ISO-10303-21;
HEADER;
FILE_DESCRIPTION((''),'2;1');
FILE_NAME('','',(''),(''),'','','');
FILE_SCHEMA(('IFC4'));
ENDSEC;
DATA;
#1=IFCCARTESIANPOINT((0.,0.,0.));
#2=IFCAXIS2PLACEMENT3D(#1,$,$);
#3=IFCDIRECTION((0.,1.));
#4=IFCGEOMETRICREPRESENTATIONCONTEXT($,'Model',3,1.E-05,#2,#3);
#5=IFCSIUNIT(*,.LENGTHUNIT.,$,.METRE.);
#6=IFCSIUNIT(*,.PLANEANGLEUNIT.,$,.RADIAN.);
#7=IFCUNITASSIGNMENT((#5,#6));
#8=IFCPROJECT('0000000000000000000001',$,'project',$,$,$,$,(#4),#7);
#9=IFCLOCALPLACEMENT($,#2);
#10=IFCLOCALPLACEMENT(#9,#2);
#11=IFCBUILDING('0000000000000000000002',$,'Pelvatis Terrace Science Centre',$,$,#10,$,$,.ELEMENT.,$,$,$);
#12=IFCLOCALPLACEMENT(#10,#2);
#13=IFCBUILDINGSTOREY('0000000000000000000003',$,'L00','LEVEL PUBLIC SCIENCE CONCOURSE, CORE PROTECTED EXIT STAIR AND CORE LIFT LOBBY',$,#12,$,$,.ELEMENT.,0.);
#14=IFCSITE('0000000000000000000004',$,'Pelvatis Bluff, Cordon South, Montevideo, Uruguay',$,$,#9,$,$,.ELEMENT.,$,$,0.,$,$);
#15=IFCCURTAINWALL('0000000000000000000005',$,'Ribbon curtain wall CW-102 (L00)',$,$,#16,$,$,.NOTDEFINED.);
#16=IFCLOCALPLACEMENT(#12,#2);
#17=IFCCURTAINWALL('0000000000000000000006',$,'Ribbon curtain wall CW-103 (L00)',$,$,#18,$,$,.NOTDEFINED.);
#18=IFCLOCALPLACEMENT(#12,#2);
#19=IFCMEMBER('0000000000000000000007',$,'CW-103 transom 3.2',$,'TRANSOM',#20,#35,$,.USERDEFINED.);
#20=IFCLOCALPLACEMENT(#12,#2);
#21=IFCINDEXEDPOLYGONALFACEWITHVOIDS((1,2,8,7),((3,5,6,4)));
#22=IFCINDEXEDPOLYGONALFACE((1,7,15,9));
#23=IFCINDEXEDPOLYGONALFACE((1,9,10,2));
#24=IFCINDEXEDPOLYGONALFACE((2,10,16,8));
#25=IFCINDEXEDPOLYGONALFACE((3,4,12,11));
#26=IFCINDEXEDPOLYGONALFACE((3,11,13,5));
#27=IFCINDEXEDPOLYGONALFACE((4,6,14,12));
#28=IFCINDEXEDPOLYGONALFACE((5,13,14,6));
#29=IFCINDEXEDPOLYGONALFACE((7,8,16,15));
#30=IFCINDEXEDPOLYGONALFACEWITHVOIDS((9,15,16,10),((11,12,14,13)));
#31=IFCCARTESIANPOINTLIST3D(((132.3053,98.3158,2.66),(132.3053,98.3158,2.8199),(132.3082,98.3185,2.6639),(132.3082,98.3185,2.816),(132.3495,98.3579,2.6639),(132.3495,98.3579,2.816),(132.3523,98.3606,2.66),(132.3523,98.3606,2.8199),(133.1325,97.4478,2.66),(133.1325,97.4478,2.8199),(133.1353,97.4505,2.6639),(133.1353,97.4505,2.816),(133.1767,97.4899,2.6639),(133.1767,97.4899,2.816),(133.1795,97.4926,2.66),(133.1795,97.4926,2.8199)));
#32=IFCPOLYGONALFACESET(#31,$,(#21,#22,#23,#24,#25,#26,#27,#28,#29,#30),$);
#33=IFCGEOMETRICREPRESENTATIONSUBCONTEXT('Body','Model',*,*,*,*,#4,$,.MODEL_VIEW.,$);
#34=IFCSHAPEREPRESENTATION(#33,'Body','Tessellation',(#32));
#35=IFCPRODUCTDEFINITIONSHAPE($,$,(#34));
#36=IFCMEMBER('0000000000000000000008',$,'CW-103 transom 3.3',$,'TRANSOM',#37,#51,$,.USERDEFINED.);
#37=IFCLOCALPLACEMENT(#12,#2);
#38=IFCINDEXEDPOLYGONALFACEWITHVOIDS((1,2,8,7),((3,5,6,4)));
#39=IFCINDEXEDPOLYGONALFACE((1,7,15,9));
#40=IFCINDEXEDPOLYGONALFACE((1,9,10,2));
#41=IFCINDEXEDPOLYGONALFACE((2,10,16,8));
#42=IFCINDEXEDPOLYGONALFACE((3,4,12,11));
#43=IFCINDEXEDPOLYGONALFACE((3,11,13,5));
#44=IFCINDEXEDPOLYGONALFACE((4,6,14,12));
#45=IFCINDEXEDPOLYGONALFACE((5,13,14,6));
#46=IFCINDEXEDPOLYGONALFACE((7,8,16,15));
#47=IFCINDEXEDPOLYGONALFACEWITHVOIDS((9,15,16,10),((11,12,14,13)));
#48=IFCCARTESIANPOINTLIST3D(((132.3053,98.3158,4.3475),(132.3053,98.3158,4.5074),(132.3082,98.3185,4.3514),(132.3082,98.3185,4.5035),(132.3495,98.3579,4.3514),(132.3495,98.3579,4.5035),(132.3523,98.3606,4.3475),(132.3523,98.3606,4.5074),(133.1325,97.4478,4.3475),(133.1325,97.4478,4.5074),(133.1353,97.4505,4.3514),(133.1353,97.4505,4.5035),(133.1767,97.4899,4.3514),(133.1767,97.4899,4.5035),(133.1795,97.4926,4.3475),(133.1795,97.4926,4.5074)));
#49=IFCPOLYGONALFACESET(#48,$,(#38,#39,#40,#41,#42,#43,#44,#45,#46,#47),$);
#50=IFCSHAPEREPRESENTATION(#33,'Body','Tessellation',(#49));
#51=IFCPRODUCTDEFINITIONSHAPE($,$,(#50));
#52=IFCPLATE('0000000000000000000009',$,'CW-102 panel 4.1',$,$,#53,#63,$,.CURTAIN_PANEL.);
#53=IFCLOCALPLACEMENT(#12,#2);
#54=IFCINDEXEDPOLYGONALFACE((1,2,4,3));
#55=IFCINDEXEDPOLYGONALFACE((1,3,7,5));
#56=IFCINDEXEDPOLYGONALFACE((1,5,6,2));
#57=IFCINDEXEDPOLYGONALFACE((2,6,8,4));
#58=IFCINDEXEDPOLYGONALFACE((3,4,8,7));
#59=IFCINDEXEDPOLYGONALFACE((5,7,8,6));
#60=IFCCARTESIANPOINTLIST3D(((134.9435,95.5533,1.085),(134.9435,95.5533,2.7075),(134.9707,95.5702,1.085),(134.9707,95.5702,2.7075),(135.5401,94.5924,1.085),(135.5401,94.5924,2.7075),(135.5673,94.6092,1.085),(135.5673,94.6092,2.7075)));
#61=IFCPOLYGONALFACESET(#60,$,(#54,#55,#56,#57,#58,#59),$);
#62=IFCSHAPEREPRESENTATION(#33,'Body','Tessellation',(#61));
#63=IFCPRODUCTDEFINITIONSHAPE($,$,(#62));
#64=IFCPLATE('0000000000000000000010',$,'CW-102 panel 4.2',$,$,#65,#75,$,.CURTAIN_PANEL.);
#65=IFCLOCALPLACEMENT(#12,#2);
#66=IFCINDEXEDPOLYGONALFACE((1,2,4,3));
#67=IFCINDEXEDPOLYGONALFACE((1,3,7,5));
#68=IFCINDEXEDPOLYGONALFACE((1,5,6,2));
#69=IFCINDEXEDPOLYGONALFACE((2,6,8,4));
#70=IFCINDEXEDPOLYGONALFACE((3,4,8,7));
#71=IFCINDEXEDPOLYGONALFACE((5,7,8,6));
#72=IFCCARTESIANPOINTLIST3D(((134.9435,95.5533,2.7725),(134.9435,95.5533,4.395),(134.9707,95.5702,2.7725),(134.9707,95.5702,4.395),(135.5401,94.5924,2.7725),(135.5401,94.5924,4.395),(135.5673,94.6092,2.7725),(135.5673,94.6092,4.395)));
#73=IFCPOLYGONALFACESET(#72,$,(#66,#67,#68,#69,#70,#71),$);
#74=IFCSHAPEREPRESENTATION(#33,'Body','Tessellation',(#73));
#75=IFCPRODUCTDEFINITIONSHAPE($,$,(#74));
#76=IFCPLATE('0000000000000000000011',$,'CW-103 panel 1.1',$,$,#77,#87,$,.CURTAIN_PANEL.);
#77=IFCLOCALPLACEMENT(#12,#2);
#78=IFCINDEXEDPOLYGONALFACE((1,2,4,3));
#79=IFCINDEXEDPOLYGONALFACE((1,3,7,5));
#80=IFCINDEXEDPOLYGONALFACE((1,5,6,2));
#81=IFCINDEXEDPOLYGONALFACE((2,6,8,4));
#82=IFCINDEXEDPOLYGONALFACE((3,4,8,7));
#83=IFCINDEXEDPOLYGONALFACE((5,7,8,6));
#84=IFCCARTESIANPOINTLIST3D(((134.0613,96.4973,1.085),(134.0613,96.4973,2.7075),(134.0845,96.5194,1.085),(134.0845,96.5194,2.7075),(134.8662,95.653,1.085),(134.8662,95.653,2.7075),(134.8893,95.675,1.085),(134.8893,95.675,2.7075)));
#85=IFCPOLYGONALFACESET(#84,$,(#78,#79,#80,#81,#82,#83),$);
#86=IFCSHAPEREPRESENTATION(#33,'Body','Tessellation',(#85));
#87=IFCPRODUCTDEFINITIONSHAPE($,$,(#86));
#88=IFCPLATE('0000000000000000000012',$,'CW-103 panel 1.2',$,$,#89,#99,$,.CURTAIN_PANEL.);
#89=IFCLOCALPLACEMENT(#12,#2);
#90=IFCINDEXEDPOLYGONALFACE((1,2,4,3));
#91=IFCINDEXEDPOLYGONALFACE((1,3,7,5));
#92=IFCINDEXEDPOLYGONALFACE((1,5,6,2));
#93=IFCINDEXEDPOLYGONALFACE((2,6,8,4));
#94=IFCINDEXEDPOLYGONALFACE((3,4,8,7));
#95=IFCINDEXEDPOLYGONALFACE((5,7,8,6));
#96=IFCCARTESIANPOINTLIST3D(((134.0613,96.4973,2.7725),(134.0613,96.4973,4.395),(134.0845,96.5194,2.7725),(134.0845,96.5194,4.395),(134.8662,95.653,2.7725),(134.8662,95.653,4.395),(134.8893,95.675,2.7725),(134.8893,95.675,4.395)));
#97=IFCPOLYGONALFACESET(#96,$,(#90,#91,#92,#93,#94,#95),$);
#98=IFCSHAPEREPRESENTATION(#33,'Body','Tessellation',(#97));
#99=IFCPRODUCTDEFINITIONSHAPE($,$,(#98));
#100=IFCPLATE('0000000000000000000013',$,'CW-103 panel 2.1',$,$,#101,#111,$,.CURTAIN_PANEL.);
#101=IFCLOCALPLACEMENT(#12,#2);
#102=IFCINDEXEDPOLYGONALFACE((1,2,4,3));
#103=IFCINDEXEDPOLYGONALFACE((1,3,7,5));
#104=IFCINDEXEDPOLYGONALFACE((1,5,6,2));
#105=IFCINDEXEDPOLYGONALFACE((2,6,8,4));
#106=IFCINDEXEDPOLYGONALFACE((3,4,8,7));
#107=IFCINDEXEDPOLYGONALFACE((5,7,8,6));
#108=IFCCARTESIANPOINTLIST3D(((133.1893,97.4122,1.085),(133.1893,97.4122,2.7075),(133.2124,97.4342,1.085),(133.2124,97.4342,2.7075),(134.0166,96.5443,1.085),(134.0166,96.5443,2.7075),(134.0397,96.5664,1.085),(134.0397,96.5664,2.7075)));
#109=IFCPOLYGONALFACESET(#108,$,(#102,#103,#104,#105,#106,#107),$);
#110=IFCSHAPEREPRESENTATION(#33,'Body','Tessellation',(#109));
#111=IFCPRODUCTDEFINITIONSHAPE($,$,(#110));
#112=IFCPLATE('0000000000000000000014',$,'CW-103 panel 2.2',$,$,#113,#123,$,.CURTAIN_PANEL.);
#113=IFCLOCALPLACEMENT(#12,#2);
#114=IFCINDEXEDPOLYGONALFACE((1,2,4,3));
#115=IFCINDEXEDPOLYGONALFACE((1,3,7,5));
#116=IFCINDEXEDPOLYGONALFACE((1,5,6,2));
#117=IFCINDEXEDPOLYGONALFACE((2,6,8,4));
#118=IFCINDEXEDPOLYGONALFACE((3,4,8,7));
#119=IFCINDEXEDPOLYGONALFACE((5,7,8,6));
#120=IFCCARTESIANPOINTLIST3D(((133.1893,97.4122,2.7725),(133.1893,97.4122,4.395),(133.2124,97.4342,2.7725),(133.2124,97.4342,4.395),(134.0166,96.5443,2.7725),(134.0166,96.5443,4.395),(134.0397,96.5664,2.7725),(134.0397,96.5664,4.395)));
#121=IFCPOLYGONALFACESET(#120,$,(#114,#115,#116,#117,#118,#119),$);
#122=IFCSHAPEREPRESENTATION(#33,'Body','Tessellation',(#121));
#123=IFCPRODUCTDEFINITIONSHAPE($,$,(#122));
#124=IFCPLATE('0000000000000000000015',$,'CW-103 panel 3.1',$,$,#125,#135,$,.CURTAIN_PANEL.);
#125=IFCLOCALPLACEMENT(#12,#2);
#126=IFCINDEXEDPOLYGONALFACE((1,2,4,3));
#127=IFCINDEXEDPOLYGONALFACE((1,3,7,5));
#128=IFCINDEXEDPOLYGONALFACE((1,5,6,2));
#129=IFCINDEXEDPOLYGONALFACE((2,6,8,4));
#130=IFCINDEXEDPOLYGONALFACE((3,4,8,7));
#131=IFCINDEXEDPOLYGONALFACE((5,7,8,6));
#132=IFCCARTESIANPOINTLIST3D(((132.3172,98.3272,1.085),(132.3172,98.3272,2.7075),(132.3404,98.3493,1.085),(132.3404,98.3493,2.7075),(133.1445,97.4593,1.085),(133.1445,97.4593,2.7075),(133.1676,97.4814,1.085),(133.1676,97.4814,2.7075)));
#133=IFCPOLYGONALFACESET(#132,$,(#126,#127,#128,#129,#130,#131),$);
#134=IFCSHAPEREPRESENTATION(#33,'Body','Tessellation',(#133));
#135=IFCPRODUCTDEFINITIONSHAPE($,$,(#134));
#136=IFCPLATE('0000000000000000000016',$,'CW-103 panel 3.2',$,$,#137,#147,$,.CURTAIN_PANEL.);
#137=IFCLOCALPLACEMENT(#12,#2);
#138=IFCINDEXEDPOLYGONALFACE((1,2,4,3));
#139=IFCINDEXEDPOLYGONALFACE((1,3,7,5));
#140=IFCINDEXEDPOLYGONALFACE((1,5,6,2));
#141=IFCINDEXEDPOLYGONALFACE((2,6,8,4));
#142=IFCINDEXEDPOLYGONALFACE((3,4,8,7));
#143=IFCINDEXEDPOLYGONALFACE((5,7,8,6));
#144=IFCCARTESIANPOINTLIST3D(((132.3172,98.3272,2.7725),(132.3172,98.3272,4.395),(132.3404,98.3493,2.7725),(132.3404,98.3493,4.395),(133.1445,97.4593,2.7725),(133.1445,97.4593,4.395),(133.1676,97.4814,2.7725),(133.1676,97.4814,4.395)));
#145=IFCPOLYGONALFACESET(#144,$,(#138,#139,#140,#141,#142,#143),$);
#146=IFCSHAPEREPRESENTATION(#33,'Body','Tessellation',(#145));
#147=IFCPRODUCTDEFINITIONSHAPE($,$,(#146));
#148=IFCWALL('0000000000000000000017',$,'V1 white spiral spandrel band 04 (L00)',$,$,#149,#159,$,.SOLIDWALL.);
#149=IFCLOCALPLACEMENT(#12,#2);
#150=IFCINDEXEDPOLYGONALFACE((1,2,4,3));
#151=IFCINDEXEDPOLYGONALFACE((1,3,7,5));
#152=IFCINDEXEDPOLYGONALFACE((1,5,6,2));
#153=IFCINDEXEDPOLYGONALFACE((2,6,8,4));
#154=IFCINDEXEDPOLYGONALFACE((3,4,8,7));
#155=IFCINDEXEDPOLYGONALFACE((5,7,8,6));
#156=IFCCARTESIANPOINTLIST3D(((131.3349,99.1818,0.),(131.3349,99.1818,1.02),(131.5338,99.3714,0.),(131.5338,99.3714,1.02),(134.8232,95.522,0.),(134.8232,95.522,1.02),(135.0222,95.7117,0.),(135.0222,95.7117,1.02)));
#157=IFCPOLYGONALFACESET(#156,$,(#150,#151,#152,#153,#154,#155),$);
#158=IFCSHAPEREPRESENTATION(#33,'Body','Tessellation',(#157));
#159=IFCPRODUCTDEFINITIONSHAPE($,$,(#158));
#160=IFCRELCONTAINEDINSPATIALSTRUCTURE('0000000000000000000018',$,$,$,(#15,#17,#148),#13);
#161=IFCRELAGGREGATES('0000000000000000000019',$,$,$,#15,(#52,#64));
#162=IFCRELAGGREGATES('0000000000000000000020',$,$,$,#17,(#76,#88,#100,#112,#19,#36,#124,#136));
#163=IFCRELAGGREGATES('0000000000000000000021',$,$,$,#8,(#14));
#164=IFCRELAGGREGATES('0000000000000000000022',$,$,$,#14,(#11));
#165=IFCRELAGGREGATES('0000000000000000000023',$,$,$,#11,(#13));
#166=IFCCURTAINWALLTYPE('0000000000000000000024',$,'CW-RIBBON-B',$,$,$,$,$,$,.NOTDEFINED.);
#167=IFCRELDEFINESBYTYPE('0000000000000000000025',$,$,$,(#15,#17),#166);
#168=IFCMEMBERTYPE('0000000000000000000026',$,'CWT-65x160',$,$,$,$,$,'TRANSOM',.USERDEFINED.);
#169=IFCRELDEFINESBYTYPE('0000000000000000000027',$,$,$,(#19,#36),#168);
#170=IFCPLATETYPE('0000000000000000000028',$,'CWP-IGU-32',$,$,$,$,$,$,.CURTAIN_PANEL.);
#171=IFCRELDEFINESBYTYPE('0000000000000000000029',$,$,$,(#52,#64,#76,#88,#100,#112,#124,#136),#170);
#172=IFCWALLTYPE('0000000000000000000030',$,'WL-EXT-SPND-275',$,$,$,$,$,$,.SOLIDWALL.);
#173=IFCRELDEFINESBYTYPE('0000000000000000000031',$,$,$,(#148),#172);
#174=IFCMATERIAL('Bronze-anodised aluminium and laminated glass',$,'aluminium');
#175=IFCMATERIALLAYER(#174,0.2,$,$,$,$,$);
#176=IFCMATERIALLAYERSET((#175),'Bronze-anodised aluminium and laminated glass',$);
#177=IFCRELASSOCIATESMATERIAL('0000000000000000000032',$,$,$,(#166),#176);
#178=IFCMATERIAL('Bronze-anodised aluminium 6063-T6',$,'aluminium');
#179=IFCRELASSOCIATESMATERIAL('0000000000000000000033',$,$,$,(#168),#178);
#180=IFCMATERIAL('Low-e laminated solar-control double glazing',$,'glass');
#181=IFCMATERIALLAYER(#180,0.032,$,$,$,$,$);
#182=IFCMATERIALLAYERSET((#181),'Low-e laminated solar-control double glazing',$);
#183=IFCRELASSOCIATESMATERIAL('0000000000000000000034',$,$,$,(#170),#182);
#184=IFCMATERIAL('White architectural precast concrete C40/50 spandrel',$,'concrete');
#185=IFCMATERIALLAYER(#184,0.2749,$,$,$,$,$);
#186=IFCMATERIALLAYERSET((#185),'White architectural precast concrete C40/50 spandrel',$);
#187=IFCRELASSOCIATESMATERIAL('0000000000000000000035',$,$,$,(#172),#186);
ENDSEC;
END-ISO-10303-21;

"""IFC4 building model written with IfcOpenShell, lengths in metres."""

from ifc_helpers import new_model, si_unit, direction, frame, frame_2d, origin, origin_2d, place, context, subcontext, project, spatial, rectangle, hollow_rectangle, extrude, material, layer, layer_set, material_profile, profile_set, type_object, element, aggregate, save


model = new_model("IFC4")

# Units and contexts
model_context = context("Model", 3, precision=1e-05, world=origin(), true_north=direction((0.0, 1.0)))
body_context = subcontext(model_context, "Body", "Model", "MODEL_VIEW")
ifc_project = project(units=[si_unit("LENGTHUNIT", "METRE"), si_unit("PLANEANGLEUNIT", "RADIAN")], contexts=[model_context])

# Site, building, storey
site_placement = place(None, origin())
site = spatial("IfcSite", under=ifc_project, at=site_placement, Name="Pelvatis Bluff, Cordon South, Montevideo, Uruguay", CompositionType="ELEMENT", RefElevation=0.0)
building_placement = place(site_placement, origin())
building = spatial("IfcBuilding", under=site, at=building_placement, Name="Pelvatis Terrace Science Centre", CompositionType="ELEMENT")
storey_placement = place(building_placement, origin())
storey = spatial("IfcBuildingStorey", under=building, at=storey_placement, Name="L00", Description="LEVEL PUBLIC SCIENCE CONCOURSE, CORE PROTECTED EXIT STAIR AND CORE LIFT LOBBY", CompositionType="ELEMENT", Elevation=0.0)

# Curtain wall
ifc_material_1 = material(Name="Bronze-anodised aluminium and laminated glass", Category="aluminium")
ifc_layer_1 = layer(ifc_material_1, 0.2)
ifc_layer_set_1 = layer_set([ifc_layer_1], Name="Bronze-anodised aluminium and laminated glass")
curtain_wall_type = type_object("IfcCurtainWallType", Name="CW-RIBBON-B", PredefinedType="NOTDEFINED", material=ifc_layer_set_1)
curtain_wall_1_placement = place(storey_placement, origin())
curtain_wall_1 = element("IfcCurtainWall", 1, at=curtain_wall_1_placement, inside=storey, type_object=curtain_wall_type, Name="Ribbon curtain wall CW-102 (L00)", PredefinedType="NOTDEFINED")

# Curtain wall, members
curtain_wall_2_placement = place(storey_placement, origin())
curtain_wall_2 = element("IfcCurtainWall", 2, at=curtain_wall_2_placement, inside=storey, type_object=curtain_wall_type, Name="Ribbon curtain wall CW-103 (L00)", PredefinedType="NOTDEFINED")
ifc_material_2 = material(Name="Bronze-anodised aluminium 6063-T6", Category="aluminium")
ifc_material_profile_1 = material_profile(ifc_material_2, hollow_rectangle(XDim=0.0649, YDim=0.1599, WallThickness=0.0039, at=origin_2d()), Name="ALU-TRN 65x160")
ifc_profile_set_1 = profile_set([ifc_material_profile_1], Name="Bronze-anodised aluminium 6063-T6")
member_type_1 = type_object("IfcMemberType", Name="CWT-65x160", ElementType="TRANSOM", PredefinedType="USERDEFINED", material=ifc_profile_set_1)
member_1_placement = place(storey_placement, frame((133.156, 97.4702, 2.74), z_axis=(-0.689899, 0.723905, 0.0), x_axis=(-0.723905, -0.689899, 0.0)))
member_1 = element("IfcMember", 3, at=member_1_placement, type_object=member_type_1, Name="CW-103 transom 3.2", ObjectType="TRANSOM", PredefinedType="USERDEFINED", context=body_context, shape_type="SweptSolid", body=[
    extrude(hollow_rectangle(XDim=0.0649, YDim=0.1599, WallThickness=0.0039, at=origin_2d()), origin(), (0.0, 0.0, 1.0), 1.199),
])
member_2_placement = place(storey_placement, frame((133.156, 97.4702, 4.4275), z_axis=(-0.689899, 0.723905, 0.0), x_axis=(-0.723905, -0.689899, 0.0)))
member_2 = element("IfcMember", 4, at=member_2_placement, type_object=member_type_1, Name="CW-103 transom 3.3", ObjectType="TRANSOM", PredefinedType="USERDEFINED", context=body_context, shape_type="SweptSolid", body=[
    extrude(hollow_rectangle(XDim=0.0649, YDim=0.1599, WallThickness=0.0039, at=origin_2d()), origin(), (0.0, 0.0, 1.0), 1.199),
])

# Plates
ifc_material_3 = material(Name="Low-e laminated solar-control double glazing", Category="glass")
ifc_layer_2 = layer(ifc_material_3, 0.032)
ifc_layer_set_2 = layer_set([ifc_layer_2], Name="Low-e laminated solar-control double glazing")
plate_type = type_object("IfcPlateType", Name="CWP-IGU-32", PredefinedType="CURTAIN_PANEL", material=ifc_layer_set_2)
plate_1_placement = place(storey_placement, frame((135.2554, 95.0813, 1.085), z_axis=(0.0, 0.0, 1.0), x_axis=(-0.52745, 0.849586, 0.0)))
plate_1 = element("IfcPlate", 5, at=plate_1_placement, type_object=plate_type, Name="CW-102 panel 4.1", PredefinedType="CURTAIN_PANEL", context=body_context, shape_type="SweptSolid", body=[
    extrude(rectangle(XDim=1.1311, YDim=0.032, at=origin_2d()), origin(), (0.0, 0.0, 1.0), 1.6226),
])
plate_2_placement = place(storey_placement, frame((135.2554, 95.0813, 2.7725), z_axis=(0.0, 0.0, 1.0), x_axis=(-0.52745, 0.849586, 0.0)))
plate_2 = element("IfcPlate", 6, at=plate_2_placement, type_object=plate_type, Name="CW-102 panel 4.2", PredefinedType="CURTAIN_PANEL", context=body_context, shape_type="SweptSolid", body=[
    extrude(rectangle(XDim=1.1311, YDim=0.032, at=origin_2d()), origin(), (0.0, 0.0, 1.0), 1.6226),
])
aggregate(curtain_wall_1, [plate_1, plate_2])
plate_3_placement = place(storey_placement, frame((134.4753, 96.0862, 1.085), z_axis=(0.0, 0.0, 1.0), x_axis=(-0.689973, 0.723835, 0.0)))
plate_3 = element("IfcPlate", 7, at=plate_3_placement, type_object=plate_type, Name="CW-103 panel 1.1", PredefinedType="CURTAIN_PANEL", context=body_context, shape_type="SweptSolid", body=[
    extrude(rectangle(XDim=1.1665, YDim=0.032, at=origin_2d()), origin(), (0.0, 0.0, 1.0), 1.6226),
])
plate_4_placement = place(storey_placement, frame((134.4753, 96.0862, 2.7725), z_axis=(0.0, 0.0, 1.0), x_axis=(-0.689973, 0.723835, 0.0)))
plate_4 = element("IfcPlate", 8, at=plate_4_placement, type_object=plate_type, Name="CW-103 panel 1.2", PredefinedType="CURTAIN_PANEL", context=body_context, shape_type="SweptSolid", body=[
    extrude(rectangle(XDim=1.1665, YDim=0.032, at=origin_2d()), origin(), (0.0, 0.0, 1.0), 1.6226),
])
plate_5_placement = place(storey_placement, frame((133.6145, 96.9893, 1.085), z_axis=(0.0, 0.0, 1.0), x_axis=(-0.689973, 0.723835, 0.0)))
plate_5 = element("IfcPlate", 9, at=plate_5_placement, type_object=plate_type, Name="CW-103 panel 2.1", PredefinedType="CURTAIN_PANEL", context=body_context, shape_type="SweptSolid", body=[
    extrude(rectangle(XDim=1.199, YDim=0.032, at=origin_2d()), origin(), (0.0, 0.0, 1.0), 1.6226),
])
plate_6_placement = place(storey_placement, frame((133.6145, 96.9893, 2.7725), z_axis=(0.0, 0.0, 1.0), x_axis=(-0.689973, 0.723835, 0.0)))
plate_6 = element("IfcPlate", 10, at=plate_6_placement, type_object=plate_type, Name="CW-103 panel 2.2", PredefinedType="CURTAIN_PANEL", context=body_context, shape_type="SweptSolid", body=[
    extrude(rectangle(XDim=1.199, YDim=0.032, at=origin_2d()), origin(), (0.0, 0.0, 1.0), 1.6226),
])
plate_7_placement = place(storey_placement, frame((132.7424, 97.9043, 1.085), z_axis=(0.0, 0.0, 1.0), x_axis=(-0.689973, 0.723835, 0.0)))
plate_7 = element("IfcPlate", 11, at=plate_7_placement, type_object=plate_type, Name="CW-103 panel 3.1", PredefinedType="CURTAIN_PANEL", context=body_context, shape_type="SweptSolid", body=[
    extrude(rectangle(XDim=1.199, YDim=0.032, at=origin_2d()), origin(), (0.0, 0.0, 1.0), 1.6226),
])
plate_8_placement = place(storey_placement, frame((132.7424, 97.9043, 2.7725), z_axis=(0.0, 0.0, 1.0), x_axis=(-0.689973, 0.723835, 0.0)))
plate_8 = element("IfcPlate", 12, at=plate_8_placement, type_object=plate_type, Name="CW-103 panel 3.2", PredefinedType="CURTAIN_PANEL", context=body_context, shape_type="SweptSolid", body=[
    extrude(rectangle(XDim=1.199, YDim=0.032, at=origin_2d()), origin(), (0.0, 0.0, 1.0), 1.6226),
])
aggregate(curtain_wall_2, [plate_3, plate_4, plate_5, plate_6, member_1, member_2, plate_7, plate_8])

# Wall
ifc_material_4 = material(Name="White architectural precast concrete C40/50 spandrel", Category="concrete")
ifc_layer_3 = layer(ifc_material_4, 0.2749)
ifc_layer_set_3 = layer_set([ifc_layer_3], Name="White architectural precast concrete C40/50 spandrel")
wall_type = type_object("IfcWallType", Name="WL-EXT-SPND-275", PredefinedType="SOLIDWALL", material=ifc_layer_set_3)
wall_placement = place(storey_placement, frame((134.9226, 95.6169, 0.0), z_axis=(0.0, 0.0, 1.0), x_axis=(-0.689954, 0.723853, 0.0)))
element("IfcWall", 13, at=wall_placement, inside=storey, type_object=wall_type, Name="V1 white spiral spandrel band 04 (L00)", PredefinedType="SOLIDWALL", context=body_context, shape_type="SweptSolid", body=[
    extrude(rectangle(XDim=5.0559, YDim=0.2749, at=frame_2d((2.5278, 0.0))), origin(), (0.0, 0.0, 1.0), 1.02),
])

save(model, "model.ifc")
